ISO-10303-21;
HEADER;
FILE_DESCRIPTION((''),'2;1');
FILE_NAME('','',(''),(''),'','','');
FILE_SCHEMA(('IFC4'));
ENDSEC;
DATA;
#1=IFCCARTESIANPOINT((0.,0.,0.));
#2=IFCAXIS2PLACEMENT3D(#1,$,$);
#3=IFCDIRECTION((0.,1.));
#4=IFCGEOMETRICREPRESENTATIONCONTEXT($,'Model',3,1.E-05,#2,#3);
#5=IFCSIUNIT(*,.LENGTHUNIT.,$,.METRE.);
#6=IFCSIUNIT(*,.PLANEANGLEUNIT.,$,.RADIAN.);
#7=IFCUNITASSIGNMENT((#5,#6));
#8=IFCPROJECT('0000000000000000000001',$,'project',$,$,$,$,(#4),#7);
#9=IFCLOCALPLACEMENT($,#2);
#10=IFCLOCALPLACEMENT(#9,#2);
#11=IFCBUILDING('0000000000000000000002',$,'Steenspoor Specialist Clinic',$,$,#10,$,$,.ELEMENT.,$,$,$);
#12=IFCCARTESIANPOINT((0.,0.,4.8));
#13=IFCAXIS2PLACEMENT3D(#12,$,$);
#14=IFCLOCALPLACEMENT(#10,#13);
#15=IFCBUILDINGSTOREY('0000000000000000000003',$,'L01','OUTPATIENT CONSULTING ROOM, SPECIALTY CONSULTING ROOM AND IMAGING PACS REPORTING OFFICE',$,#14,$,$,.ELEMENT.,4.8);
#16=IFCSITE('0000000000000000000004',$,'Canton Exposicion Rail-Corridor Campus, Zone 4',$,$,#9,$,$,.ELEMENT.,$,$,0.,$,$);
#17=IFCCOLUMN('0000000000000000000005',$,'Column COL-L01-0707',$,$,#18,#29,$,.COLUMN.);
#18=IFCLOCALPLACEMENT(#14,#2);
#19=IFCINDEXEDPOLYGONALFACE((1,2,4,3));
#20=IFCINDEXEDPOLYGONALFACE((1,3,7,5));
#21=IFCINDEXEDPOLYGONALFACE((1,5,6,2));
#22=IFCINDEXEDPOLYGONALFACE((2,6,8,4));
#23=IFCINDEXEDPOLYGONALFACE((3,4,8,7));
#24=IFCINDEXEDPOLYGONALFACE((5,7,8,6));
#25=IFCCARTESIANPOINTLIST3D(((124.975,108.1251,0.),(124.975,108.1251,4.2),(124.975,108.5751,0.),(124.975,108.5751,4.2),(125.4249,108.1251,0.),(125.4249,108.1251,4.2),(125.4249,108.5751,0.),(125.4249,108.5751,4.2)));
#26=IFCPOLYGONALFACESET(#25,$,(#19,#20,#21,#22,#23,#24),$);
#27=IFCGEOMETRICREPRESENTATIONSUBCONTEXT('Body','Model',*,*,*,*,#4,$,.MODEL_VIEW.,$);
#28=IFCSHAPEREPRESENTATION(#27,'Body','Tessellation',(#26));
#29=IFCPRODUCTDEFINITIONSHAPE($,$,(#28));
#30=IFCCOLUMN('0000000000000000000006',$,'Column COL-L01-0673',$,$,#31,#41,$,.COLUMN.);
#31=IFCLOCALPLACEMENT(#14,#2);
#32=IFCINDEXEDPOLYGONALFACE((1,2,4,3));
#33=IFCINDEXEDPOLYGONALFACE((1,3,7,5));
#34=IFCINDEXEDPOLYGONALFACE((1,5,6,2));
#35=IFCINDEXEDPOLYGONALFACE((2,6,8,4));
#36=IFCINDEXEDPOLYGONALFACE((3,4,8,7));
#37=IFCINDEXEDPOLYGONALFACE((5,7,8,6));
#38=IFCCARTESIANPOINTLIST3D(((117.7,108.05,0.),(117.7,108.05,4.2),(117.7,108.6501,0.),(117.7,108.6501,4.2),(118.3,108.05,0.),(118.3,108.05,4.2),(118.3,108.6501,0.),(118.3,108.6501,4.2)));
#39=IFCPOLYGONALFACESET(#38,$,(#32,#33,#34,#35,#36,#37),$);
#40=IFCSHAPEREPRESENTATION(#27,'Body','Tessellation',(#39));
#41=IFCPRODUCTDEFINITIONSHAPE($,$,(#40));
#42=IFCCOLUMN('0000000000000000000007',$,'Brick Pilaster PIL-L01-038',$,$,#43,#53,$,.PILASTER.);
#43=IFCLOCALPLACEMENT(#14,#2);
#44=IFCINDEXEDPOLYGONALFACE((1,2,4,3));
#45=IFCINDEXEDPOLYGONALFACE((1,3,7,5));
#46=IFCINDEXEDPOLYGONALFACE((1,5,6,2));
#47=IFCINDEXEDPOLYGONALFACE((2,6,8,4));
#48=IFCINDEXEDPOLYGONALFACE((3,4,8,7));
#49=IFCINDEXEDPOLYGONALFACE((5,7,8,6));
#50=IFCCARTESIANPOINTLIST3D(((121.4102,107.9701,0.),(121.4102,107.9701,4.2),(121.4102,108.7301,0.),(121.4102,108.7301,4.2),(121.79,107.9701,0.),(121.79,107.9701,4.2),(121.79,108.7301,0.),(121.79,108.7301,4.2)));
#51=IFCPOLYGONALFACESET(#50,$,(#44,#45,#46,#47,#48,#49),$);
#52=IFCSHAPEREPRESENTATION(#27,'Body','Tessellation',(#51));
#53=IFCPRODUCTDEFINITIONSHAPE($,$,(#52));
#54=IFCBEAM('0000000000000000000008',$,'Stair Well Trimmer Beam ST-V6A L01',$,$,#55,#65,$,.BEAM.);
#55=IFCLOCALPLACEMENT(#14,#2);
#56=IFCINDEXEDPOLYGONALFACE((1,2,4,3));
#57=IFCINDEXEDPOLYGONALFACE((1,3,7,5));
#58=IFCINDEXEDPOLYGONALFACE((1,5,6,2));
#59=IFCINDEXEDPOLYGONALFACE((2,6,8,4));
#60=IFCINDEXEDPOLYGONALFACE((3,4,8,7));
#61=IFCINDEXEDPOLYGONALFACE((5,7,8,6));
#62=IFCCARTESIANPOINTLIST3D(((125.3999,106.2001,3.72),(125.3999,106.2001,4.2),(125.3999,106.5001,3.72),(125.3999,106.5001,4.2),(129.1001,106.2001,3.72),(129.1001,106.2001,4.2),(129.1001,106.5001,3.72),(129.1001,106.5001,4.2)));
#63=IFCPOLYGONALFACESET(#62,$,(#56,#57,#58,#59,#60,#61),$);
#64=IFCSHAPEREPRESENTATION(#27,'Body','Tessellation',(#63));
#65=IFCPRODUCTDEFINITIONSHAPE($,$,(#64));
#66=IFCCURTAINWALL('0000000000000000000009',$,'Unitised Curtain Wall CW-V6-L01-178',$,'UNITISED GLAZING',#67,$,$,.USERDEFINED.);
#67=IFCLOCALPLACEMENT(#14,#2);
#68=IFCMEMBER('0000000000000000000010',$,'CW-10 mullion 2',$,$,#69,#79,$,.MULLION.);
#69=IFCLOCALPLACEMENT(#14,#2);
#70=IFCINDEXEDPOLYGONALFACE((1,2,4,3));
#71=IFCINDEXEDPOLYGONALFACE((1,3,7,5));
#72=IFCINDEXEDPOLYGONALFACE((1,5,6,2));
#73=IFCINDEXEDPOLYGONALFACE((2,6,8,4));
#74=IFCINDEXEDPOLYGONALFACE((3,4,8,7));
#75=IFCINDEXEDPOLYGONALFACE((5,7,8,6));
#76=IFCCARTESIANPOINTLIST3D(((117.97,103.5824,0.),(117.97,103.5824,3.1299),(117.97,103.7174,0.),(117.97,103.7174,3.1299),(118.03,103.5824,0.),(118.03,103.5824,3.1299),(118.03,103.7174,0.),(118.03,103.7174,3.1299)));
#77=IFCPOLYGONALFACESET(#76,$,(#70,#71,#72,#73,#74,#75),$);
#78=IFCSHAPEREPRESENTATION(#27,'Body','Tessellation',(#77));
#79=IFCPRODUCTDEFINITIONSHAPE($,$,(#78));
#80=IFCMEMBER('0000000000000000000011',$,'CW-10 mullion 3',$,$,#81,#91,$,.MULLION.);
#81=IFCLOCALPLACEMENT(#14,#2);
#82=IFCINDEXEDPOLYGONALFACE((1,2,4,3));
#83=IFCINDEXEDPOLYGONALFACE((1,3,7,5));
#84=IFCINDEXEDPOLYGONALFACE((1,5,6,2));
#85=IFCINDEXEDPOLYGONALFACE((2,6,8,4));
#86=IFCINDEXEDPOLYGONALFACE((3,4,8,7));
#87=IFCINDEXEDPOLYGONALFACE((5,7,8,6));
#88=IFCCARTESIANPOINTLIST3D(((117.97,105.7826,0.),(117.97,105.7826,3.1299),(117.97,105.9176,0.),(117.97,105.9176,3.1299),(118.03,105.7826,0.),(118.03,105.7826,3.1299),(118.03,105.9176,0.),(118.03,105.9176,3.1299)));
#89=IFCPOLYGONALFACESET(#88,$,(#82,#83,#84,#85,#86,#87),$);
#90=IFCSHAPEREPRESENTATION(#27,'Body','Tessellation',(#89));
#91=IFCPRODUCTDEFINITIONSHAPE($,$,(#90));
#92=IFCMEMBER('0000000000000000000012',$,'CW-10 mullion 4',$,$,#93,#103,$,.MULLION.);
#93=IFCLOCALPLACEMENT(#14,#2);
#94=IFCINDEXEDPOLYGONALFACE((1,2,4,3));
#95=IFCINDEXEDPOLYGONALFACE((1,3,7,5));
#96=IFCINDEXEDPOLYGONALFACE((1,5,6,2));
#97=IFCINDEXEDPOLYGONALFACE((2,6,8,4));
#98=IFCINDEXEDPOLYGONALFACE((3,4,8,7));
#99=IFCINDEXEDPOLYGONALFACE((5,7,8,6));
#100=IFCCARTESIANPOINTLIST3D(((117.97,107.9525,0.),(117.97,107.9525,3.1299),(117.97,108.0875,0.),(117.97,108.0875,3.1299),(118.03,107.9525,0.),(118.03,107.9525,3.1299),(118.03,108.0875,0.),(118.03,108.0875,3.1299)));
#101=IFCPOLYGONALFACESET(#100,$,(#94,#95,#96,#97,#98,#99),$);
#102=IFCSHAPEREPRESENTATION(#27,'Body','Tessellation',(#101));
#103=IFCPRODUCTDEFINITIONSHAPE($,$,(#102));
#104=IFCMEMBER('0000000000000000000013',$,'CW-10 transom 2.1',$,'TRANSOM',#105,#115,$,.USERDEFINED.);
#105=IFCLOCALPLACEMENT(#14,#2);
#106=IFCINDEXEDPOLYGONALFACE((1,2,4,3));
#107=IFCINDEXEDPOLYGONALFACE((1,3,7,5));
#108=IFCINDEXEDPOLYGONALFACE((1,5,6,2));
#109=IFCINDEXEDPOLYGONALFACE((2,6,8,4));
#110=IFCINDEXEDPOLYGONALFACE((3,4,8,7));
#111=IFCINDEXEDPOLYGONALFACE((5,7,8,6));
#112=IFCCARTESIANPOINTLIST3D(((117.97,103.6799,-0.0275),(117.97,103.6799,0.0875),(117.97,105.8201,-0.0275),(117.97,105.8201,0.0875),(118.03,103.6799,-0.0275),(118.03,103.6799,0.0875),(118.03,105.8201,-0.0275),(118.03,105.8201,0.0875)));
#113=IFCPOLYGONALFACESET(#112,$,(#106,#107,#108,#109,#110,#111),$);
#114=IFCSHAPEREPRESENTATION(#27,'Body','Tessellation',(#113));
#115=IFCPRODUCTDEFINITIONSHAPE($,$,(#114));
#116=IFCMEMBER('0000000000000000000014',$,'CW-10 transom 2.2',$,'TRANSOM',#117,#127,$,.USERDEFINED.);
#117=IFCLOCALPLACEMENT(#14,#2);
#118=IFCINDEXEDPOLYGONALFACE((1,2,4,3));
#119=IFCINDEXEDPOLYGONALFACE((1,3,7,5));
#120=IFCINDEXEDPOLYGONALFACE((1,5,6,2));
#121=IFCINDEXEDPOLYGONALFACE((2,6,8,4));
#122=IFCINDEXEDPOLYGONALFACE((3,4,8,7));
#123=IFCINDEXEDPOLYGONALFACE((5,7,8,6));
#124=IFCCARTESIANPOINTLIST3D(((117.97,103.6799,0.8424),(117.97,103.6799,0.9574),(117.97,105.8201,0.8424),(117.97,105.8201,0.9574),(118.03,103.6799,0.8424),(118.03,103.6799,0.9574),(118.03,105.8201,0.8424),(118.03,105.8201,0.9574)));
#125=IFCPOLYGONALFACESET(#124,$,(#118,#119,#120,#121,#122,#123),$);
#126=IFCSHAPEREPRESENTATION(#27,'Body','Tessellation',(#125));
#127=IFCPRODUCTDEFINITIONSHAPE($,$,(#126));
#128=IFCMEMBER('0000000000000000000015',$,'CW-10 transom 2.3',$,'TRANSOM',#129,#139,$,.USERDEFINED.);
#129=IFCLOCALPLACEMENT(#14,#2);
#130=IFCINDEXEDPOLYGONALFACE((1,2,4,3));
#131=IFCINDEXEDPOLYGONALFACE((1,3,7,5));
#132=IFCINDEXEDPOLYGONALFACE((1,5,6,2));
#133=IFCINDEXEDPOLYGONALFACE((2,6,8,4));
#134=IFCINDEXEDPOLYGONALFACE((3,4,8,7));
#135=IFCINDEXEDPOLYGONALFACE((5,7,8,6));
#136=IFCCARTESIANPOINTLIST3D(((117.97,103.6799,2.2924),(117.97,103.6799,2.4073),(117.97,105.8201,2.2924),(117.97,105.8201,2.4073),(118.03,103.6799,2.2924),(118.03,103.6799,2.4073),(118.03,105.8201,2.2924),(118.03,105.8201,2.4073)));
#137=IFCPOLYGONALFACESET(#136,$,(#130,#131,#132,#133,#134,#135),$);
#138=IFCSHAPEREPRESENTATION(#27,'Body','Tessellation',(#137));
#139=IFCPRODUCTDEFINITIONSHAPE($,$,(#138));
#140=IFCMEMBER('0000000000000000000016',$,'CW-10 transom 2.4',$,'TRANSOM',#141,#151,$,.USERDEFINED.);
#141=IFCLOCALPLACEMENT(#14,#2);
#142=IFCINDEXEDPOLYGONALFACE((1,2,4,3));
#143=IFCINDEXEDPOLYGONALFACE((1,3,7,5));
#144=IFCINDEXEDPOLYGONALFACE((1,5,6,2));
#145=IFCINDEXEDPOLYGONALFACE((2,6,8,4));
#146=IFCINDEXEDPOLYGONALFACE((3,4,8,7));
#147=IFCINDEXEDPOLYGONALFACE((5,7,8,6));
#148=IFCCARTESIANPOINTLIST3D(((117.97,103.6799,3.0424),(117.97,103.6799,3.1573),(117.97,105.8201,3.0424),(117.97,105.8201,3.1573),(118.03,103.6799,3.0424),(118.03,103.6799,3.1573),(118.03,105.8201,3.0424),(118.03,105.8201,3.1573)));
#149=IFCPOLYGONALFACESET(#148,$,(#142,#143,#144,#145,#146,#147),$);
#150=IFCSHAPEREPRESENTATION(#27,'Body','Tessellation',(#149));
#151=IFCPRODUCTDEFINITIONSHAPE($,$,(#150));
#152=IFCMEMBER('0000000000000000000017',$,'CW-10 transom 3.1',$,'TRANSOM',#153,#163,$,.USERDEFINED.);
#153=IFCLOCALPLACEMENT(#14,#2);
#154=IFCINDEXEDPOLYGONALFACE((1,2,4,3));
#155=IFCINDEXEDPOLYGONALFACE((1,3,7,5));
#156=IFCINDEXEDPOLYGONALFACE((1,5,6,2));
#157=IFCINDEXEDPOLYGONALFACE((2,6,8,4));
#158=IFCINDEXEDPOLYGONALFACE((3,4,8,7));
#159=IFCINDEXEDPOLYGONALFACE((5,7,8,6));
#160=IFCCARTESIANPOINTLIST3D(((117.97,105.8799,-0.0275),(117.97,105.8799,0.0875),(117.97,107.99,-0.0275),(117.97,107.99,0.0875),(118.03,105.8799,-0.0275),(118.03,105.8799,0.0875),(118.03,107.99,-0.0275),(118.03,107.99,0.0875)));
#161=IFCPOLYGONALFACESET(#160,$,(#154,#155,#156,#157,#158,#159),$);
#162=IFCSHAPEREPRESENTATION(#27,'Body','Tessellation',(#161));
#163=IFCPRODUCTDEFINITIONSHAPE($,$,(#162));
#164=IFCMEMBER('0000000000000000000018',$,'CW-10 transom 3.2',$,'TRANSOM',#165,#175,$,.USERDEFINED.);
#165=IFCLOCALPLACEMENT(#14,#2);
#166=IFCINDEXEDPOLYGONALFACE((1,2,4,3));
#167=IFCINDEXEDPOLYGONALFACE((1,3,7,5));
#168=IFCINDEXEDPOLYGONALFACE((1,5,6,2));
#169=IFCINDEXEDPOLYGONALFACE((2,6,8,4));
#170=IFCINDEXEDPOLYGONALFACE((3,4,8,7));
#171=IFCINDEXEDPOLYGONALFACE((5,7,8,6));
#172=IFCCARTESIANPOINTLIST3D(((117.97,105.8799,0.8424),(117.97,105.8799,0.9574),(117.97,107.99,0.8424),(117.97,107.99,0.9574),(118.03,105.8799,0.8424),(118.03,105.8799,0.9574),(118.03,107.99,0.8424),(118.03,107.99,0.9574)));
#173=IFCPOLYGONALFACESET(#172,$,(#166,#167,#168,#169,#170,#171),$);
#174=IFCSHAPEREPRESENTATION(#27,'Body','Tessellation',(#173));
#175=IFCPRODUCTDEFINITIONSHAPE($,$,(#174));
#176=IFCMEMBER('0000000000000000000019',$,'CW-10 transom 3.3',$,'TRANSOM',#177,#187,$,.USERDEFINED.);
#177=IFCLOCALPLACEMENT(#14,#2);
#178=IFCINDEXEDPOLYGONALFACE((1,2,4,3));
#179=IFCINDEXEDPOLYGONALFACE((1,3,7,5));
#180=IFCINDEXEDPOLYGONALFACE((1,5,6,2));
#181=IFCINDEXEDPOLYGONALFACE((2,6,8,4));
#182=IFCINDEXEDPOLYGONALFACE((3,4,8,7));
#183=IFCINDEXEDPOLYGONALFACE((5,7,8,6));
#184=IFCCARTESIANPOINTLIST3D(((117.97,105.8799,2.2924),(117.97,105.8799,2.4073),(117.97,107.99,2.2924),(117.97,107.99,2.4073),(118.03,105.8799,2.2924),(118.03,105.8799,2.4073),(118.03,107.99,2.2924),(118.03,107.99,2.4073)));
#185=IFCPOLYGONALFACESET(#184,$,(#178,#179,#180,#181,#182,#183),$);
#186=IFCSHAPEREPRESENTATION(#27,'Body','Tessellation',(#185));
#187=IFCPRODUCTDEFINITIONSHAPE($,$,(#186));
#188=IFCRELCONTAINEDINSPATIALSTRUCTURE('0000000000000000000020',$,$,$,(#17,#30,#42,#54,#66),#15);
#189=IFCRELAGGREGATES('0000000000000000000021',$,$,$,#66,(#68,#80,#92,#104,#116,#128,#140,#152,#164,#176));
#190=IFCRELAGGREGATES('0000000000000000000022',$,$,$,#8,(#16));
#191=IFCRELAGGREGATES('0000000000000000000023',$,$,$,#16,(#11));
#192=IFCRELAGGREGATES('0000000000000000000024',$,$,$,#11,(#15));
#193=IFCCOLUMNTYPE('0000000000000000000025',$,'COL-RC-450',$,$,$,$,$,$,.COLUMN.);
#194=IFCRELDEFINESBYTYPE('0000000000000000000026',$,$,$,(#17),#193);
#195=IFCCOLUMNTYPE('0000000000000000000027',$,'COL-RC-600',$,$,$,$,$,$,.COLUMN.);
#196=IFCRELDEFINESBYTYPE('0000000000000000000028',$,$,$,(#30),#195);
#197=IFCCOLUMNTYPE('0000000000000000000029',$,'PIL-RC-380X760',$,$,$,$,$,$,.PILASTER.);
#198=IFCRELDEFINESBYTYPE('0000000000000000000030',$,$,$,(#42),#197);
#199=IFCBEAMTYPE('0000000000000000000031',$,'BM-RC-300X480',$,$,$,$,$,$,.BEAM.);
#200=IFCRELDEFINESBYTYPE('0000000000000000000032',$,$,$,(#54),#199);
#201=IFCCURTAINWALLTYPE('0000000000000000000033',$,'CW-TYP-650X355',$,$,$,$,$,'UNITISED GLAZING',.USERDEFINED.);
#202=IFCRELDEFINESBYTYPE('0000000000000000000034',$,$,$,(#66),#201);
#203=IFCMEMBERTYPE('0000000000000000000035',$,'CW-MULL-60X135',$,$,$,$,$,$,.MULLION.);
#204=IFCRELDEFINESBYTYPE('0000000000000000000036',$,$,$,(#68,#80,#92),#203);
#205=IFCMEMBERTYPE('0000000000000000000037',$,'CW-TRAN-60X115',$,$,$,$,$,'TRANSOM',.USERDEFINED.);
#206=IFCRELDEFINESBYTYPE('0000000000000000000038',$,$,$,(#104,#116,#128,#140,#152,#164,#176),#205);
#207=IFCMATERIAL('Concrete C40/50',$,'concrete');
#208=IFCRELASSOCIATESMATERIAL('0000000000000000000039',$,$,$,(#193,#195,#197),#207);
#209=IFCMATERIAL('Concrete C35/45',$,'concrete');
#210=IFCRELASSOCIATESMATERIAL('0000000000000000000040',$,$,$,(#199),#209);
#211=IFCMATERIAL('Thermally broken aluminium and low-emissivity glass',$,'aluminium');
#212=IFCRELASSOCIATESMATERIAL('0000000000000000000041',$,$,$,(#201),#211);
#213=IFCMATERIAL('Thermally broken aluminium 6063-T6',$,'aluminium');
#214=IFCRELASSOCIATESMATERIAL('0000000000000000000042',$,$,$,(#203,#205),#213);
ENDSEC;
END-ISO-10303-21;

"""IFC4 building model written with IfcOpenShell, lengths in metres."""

from ifc_helpers import new_model, si_unit, direction, frame, origin, origin_2d, place, context, subcontext, project, spatial, rectangle, extrude, material, material_profile, profile_set, type_object, element, aggregate, save


model = new_model("IFC4")

# Units and contexts
model_context = context("Model", 3, precision=1e-05, world=origin(), true_north=direction((0.0, 1.0)))
body_context = subcontext(model_context, "Body", "Model", "MODEL_VIEW")
ifc_project = project(units=[si_unit("LENGTHUNIT", "METRE"), si_unit("PLANEANGLEUNIT", "RADIAN")], contexts=[model_context])

# Site, building, storey
site_placement = place(None, origin())
site = spatial("IfcSite", under=ifc_project, at=site_placement, Name="Canton Exposicion Rail-Corridor Campus, Zone 4", CompositionType="ELEMENT", RefElevation=0.0)
building_placement = place(site_placement, origin())
building = spatial("IfcBuilding", under=site, at=building_placement, Name="Steenspoor Specialist Clinic", CompositionType="ELEMENT")
storey_placement = place(building_placement, frame((0.0, 0.0, 4.8)))
storey = spatial("IfcBuildingStorey", under=building, at=storey_placement, Name="L01", Description="OUTPATIENT CONSULTING ROOM, SPECIALTY CONSULTING ROOM AND IMAGING PACS REPORTING OFFICE", CompositionType="ELEMENT", Elevation=4.8)

# Columns
ifc_material_1 = material(Name="Concrete C40/50", Category="concrete")
ifc_material_profile_1 = material_profile(ifc_material_1, rectangle(XDim=0.45, YDim=0.45, at=origin_2d()), Name="RC-COL-450X450")
ifc_profile_set_1 = profile_set([ifc_material_profile_1], Name="Concrete C40/50")
column_type_1 = type_object("IfcColumnType", Name="COL-RC-450", PredefinedType="COLUMN", material=ifc_profile_set_1)
column_1_placement = place(storey_placement, frame((125.2, 108.3501, 0.0), z_axis=(0.0, 0.0, 1.0), x_axis=(1.0, 0.0, 0.0)))
element("IfcColumn", 1, at=column_1_placement, inside=storey, type_object=column_type_1, Name="Column COL-L01-0707", PredefinedType="COLUMN", context=body_context, shape_type="SweptSolid", body=[
    extrude(rectangle(XDim=0.45, YDim=0.45, at=origin_2d()), origin(), (0.0, 0.0, 1.0), 4.2),
])
ifc_material_profile_2 = material_profile(ifc_material_1, rectangle(XDim=0.6001, YDim=0.6001, at=origin_2d()), Name="RC-COL-600X600")
ifc_profile_set_2 = profile_set([ifc_material_profile_2], Name="Concrete C40/50")
column_type_2 = type_object("IfcColumnType", Name="COL-RC-600", PredefinedType="COLUMN", material=ifc_profile_set_2)
column_2_placement = place(storey_placement, frame((118.0, 108.3501, 0.0), z_axis=(0.0, 0.0, 1.0), x_axis=(1.0, 0.0, 0.0)))
element("IfcColumn", 2, at=column_2_placement, inside=storey, type_object=column_type_2, Name="Column COL-L01-0673", PredefinedType="COLUMN", context=body_context, shape_type="SweptSolid", body=[
    extrude(rectangle(XDim=0.6001, YDim=0.6001, at=origin_2d()), origin(), (0.0, 0.0, 1.0), 4.2),
])
ifc_material_profile_3 = material_profile(ifc_material_1, rectangle(XDim=0.3799, YDim=0.76, at=origin_2d()), Name="RC-PIL-380X760")
ifc_profile_set_3 = profile_set([ifc_material_profile_3], Name="Concrete C40/50")
column_type_3 = type_object("IfcColumnType", Name="PIL-RC-380X760", PredefinedType="PILASTER", material=ifc_profile_set_3)
column_3_placement = place(storey_placement, frame((121.6001, 108.3501, 0.0), z_axis=(0.0, 0.0, 1.0), x_axis=(1.0, 0.0, 0.0)))
element("IfcColumn", 3, at=column_3_placement, inside=storey, type_object=column_type_3, Name="Brick Pilaster PIL-L01-038", PredefinedType="PILASTER", context=body_context, shape_type="SweptSolid", body=[
    extrude(rectangle(XDim=0.3799, YDim=0.76, at=origin_2d()), origin(), (0.0, 0.0, 1.0), 4.2),
])

# Beam
ifc_material_2 = material(Name="Concrete C35/45", Category="concrete")
ifc_material_profile_4 = material_profile(ifc_material_2, rectangle(XDim=0.3, YDim=0.48, at=origin_2d()), Name="RC-BM-300X480")
ifc_profile_set_4 = profile_set([ifc_material_profile_4], Name="Concrete C35/45")
beam_type_1 = type_object("IfcBeamType", Name="BM-RC-300X480", PredefinedType="BEAM", material=ifc_profile_set_4)
beam_1_placement = place(storey_placement, frame((125.3999, 106.3501, 3.96), z_axis=(1.0, 0.0, 0.0), x_axis=(0.0, 1.0, 0.0)))
element("IfcBeam", 4, at=beam_1_placement, inside=storey, type_object=beam_type_1, Name="Stair Well Trimmer Beam ST-V6A L01", PredefinedType="BEAM", context=body_context, shape_type="SweptSolid", body=[
    extrude(rectangle(XDim=0.3, YDim=0.48, at=origin_2d()), origin(), (0.0, 0.0, 1.0), 3.7002),
])

# Curtain wall, members
ifc_material_3 = material(Name="Thermally broken aluminium and low-emissivity glass", Category="aluminium")
curtain_wall_type = type_object("IfcCurtainWallType", Name="CW-TYP-650X355", ElementType="UNITISED GLAZING", PredefinedType="USERDEFINED", material=ifc_material_3)
curtain_wall_placement = place(storey_placement, origin())
curtain_wall = element("IfcCurtainWall", 5, at=curtain_wall_placement, inside=storey, type_object=curtain_wall_type, Name="Unitised Curtain Wall CW-V6-L01-178", ObjectType="UNITISED GLAZING", PredefinedType="USERDEFINED")
ifc_material_4 = material(Name="Thermally broken aluminium 6063-T6", Category="aluminium")
ifc_material_profile_5 = material_profile(ifc_material_4, rectangle(XDim=0.0601, YDim=0.135, at=origin_2d()), Name="CWM-60X135")
ifc_profile_set_5 = profile_set([ifc_material_profile_5], Name="Thermally broken aluminium 6063-T6")
member_type_1 = type_object("IfcMemberType", Name="CW-MULL-60X135", PredefinedType="MULLION", material=ifc_profile_set_5)
member_1_placement = place(storey_placement, frame((118.0, 103.6499, 0.0), z_axis=(0.0, 0.0, 1.0), x_axis=(-1.0, 0.0, 0.0)))
member_1 = element("IfcMember", 6, at=member_1_placement, type_object=member_type_1, Name="CW-10 mullion 2", PredefinedType="MULLION", context=body_context, shape_type="SweptSolid", body=[
    extrude(rectangle(XDim=0.0601, YDim=0.135, at=origin_2d()), origin(), (0.0, 0.0, 1.0), 3.1299),
])
member_2_placement = place(storey_placement, frame((118.0, 105.8501, 0.0), z_axis=(0.0, 0.0, 1.0), x_axis=(-1.0, 0.0, 0.0)))
member_2 = element("IfcMember", 7, at=member_2_placement, type_object=member_type_1, Name="CW-10 mullion 3", PredefinedType="MULLION", context=body_context, shape_type="SweptSolid", body=[
    extrude(rectangle(XDim=0.0601, YDim=0.135, at=origin_2d()), origin(), (0.0, 0.0, 1.0), 3.1299),
])
member_3_placement = place(storey_placement, frame((118.0, 108.02, 0.0), z_axis=(0.0, 0.0, 1.0), x_axis=(-1.0, 0.0, 0.0)))
member_3 = element("IfcMember", 8, at=member_3_placement, type_object=member_type_1, Name="CW-10 mullion 4", PredefinedType="MULLION", context=body_context, shape_type="SweptSolid", body=[
    extrude(rectangle(XDim=0.0601, YDim=0.135, at=origin_2d()), origin(), (0.0, 0.0, 1.0), 3.1299),
])
ifc_material_profile_6 = material_profile(ifc_material_4, rectangle(XDim=0.0601, YDim=0.115, at=origin_2d()), Name="CWT-60X115")
ifc_profile_set_6 = profile_set([ifc_material_profile_6], Name="Thermally broken aluminium 6063-T6")
member_type_2 = type_object("IfcMemberType", Name="CW-TRAN-60X115", ElementType="TRANSOM", PredefinedType="USERDEFINED", material=ifc_profile_set_6)
member_4_placement = place(storey_placement, frame((118.0, 103.6799, 0.03), z_axis=(0.0, 1.0, 0.0), x_axis=(-1.0, 0.0, 0.0)))
member_4 = element("IfcMember", 9, at=member_4_placement, type_object=member_type_2, Name="CW-10 transom 2.1", ObjectType="TRANSOM", PredefinedType="USERDEFINED", context=body_context, shape_type="SweptSolid", body=[
    extrude(rectangle(XDim=0.0601, YDim=0.115, at=origin_2d()), origin(), (0.0, 0.0, 1.0), 2.1401),
])
member_5_placement = place(storey_placement, frame((118.0, 103.6799, 0.8999), z_axis=(0.0, 1.0, 0.0), x_axis=(-1.0, 0.0, 0.0)))
member_5 = element("IfcMember", 10, at=member_5_placement, type_object=member_type_2, Name="CW-10 transom 2.2", ObjectType="TRANSOM", PredefinedType="USERDEFINED", context=body_context, shape_type="SweptSolid", body=[
    extrude(rectangle(XDim=0.0601, YDim=0.115, at=origin_2d()), origin(), (0.0, 0.0, 1.0), 2.1401),
])
member_6_placement = place(storey_placement, frame((118.0, 103.6799, 2.3499), z_axis=(0.0, 1.0, 0.0), x_axis=(-1.0, 0.0, 0.0)))
member_6 = element("IfcMember", 11, at=member_6_placement, type_object=member_type_2, Name="CW-10 transom 2.3", ObjectType="TRANSOM", PredefinedType="USERDEFINED", context=body_context, shape_type="SweptSolid", body=[
    extrude(rectangle(XDim=0.0601, YDim=0.115, at=origin_2d()), origin(), (0.0, 0.0, 1.0), 2.1401),
])
member_7_placement = place(storey_placement, frame((118.0, 103.6799, 3.0999), z_axis=(0.0, 1.0, 0.0), x_axis=(-1.0, 0.0, 0.0)))
member_7 = element("IfcMember", 12, at=member_7_placement, type_object=member_type_2, Name="CW-10 transom 2.4", ObjectType="TRANSOM", PredefinedType="USERDEFINED", context=body_context, shape_type="SweptSolid", body=[
    extrude(rectangle(XDim=0.0601, YDim=0.115, at=origin_2d()), origin(), (0.0, 0.0, 1.0), 2.1401),
])
member_8_placement = place(storey_placement, frame((118.0, 105.8799, 0.03), z_axis=(0.0, 1.0, 0.0), x_axis=(-1.0, 0.0, 0.0)))
member_8 = element("IfcMember", 13, at=member_8_placement, type_object=member_type_2, Name="CW-10 transom 3.1", ObjectType="TRANSOM", PredefinedType="USERDEFINED", context=body_context, shape_type="SweptSolid", body=[
    extrude(rectangle(XDim=0.0601, YDim=0.115, at=origin_2d()), origin(), (0.0, 0.0, 1.0), 2.1101),
])
member_9_placement = place(storey_placement, frame((118.0, 105.8799, 0.8999), z_axis=(0.0, 1.0, 0.0), x_axis=(-1.0, 0.0, 0.0)))
member_9 = element("IfcMember", 14, at=member_9_placement, type_object=member_type_2, Name="CW-10 transom 3.2", ObjectType="TRANSOM", PredefinedType="USERDEFINED", context=body_context, shape_type="SweptSolid", body=[
    extrude(rectangle(XDim=0.0601, YDim=0.115, at=origin_2d()), origin(), (0.0, 0.0, 1.0), 2.1101),
])
member_10_placement = place(storey_placement, frame((118.0, 105.8799, 2.3499), z_axis=(0.0, 1.0, 0.0), x_axis=(-1.0, 0.0, 0.0)))
member_10 = element("IfcMember", 15, at=member_10_placement, type_object=member_type_2, Name="CW-10 transom 3.3", ObjectType="TRANSOM", PredefinedType="USERDEFINED", context=body_context, shape_type="SweptSolid", body=[
    extrude(rectangle(XDim=0.0601, YDim=0.115, at=origin_2d()), origin(), (0.0, 0.0, 1.0), 2.1101),
])

aggregate(curtain_wall, [member_1, member_2, member_3, member_4, member_5, member_6, member_7, member_8, member_9, member_10])

save(model, "model.ifc")
